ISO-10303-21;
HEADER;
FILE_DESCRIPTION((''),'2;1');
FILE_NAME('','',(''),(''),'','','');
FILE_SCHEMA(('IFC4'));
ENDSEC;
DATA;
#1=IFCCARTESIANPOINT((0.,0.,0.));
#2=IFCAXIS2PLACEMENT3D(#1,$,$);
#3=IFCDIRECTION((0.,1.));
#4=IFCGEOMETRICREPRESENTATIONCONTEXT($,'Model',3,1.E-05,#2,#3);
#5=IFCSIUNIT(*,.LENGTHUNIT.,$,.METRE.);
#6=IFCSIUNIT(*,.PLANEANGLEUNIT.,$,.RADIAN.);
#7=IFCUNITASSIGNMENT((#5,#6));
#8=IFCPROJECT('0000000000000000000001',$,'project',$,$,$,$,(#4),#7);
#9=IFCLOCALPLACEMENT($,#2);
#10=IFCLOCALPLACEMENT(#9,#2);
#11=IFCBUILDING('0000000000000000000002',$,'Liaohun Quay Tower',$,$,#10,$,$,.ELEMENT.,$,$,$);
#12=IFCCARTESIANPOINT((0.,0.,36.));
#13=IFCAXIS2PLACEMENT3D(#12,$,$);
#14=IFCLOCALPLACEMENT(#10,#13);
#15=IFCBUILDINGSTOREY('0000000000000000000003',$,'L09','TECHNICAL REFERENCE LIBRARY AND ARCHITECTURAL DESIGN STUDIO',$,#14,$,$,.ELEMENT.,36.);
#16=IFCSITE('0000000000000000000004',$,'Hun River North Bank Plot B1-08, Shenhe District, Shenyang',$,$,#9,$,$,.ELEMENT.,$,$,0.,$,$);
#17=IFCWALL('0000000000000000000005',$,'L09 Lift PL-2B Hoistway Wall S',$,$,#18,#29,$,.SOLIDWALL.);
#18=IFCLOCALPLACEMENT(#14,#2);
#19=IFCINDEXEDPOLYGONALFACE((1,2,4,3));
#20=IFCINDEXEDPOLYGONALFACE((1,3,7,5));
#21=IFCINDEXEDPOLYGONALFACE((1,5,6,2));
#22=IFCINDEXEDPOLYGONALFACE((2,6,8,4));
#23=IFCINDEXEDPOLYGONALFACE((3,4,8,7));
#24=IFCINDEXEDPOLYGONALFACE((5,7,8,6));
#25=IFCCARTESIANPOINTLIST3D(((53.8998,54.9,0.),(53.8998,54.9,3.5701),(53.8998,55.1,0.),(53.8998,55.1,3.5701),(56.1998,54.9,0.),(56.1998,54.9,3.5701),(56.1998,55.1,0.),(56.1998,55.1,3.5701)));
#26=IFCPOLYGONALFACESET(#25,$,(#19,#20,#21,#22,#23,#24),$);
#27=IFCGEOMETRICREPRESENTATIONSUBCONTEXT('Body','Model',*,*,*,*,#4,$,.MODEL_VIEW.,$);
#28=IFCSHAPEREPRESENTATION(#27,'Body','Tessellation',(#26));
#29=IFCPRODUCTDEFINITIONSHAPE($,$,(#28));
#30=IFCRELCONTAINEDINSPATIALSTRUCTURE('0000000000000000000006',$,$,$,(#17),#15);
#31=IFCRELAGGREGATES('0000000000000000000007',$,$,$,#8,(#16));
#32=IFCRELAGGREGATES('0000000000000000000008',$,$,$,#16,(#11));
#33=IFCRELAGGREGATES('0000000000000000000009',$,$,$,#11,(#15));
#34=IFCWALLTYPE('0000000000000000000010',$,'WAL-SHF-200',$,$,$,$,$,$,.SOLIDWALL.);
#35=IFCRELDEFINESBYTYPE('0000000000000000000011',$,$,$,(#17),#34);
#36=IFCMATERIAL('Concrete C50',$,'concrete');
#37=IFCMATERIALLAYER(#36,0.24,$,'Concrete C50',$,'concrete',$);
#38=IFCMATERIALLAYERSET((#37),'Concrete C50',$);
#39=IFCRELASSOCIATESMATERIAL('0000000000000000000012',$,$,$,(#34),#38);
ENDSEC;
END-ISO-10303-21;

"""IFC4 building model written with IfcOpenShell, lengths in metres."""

from ifc_helpers import new_model, si_unit, direction, frame, frame_2d, origin, place, context, subcontext, project, spatial, rectangle, extrude, material, layer, layer_set, type_object, element, save


model = new_model("IFC4")

# Units and contexts
model_context = context("Model", 3, precision=1e-05, world=origin(), true_north=direction((0.0, 1.0)))
body_context = subcontext(model_context, "Body", "Model", "MODEL_VIEW")
ifc_project = project(units=[si_unit("LENGTHUNIT", "METRE"), si_unit("PLANEANGLEUNIT", "RADIAN")], contexts=[model_context])

# Site, building, storey
site_placement = place(None, origin())
site = spatial("IfcSite", under=ifc_project, at=site_placement, Name="Hun River North Bank Plot B1-08, Shenhe District, Shenyang", CompositionType="ELEMENT", RefElevation=0.0)
building_placement = place(site_placement, origin())
building = spatial("IfcBuilding", under=site, at=building_placement, Name="Liaohun Quay Tower", CompositionType="ELEMENT")
storey_placement = place(building_placement, frame((0.0, 0.0, 36.0)))
storey = spatial("IfcBuildingStorey", under=building, at=storey_placement, Name="L09", Description="TECHNICAL REFERENCE LIBRARY AND ARCHITECTURAL DESIGN STUDIO", CompositionType="ELEMENT", Elevation=36.0)

# Shared definitions
ifc_material_1 = material(Name="Concrete C50", Category="concrete")

# Shared definitions
ifc_layer_1 = layer(ifc_material_1, 0.24, Name="Concrete C50", Category="concrete")
ifc_layer_set_1 = layer_set([ifc_layer_1], Name="Concrete C50")
wall_type_1 = type_object("IfcWallType", Name="WAL-SHF-200", PredefinedType="SOLIDWALL", material=ifc_layer_set_1)

# Wall
wall_1_placement = place(storey_placement, frame((53.8999, 55.0, 0.0), z_axis=(0.0, 0.0, 1.0), x_axis=(1.0, 0.0, 0.0)))
element("IfcWall", 1, at=wall_1_placement, inside=storey, type_object=wall_type_1, Name="L09 Lift PL-2B Hoistway Wall S", PredefinedType="SOLIDWALL", context=body_context, shape_type="SweptSolid", body=[
    extrude(rectangle(XDim=2.3, YDim=0.2, at=frame_2d((1.1499, 0.0))), origin(), (0.0, 0.0, 1.0), 3.5701),
])

save(model, "model.ifc")
